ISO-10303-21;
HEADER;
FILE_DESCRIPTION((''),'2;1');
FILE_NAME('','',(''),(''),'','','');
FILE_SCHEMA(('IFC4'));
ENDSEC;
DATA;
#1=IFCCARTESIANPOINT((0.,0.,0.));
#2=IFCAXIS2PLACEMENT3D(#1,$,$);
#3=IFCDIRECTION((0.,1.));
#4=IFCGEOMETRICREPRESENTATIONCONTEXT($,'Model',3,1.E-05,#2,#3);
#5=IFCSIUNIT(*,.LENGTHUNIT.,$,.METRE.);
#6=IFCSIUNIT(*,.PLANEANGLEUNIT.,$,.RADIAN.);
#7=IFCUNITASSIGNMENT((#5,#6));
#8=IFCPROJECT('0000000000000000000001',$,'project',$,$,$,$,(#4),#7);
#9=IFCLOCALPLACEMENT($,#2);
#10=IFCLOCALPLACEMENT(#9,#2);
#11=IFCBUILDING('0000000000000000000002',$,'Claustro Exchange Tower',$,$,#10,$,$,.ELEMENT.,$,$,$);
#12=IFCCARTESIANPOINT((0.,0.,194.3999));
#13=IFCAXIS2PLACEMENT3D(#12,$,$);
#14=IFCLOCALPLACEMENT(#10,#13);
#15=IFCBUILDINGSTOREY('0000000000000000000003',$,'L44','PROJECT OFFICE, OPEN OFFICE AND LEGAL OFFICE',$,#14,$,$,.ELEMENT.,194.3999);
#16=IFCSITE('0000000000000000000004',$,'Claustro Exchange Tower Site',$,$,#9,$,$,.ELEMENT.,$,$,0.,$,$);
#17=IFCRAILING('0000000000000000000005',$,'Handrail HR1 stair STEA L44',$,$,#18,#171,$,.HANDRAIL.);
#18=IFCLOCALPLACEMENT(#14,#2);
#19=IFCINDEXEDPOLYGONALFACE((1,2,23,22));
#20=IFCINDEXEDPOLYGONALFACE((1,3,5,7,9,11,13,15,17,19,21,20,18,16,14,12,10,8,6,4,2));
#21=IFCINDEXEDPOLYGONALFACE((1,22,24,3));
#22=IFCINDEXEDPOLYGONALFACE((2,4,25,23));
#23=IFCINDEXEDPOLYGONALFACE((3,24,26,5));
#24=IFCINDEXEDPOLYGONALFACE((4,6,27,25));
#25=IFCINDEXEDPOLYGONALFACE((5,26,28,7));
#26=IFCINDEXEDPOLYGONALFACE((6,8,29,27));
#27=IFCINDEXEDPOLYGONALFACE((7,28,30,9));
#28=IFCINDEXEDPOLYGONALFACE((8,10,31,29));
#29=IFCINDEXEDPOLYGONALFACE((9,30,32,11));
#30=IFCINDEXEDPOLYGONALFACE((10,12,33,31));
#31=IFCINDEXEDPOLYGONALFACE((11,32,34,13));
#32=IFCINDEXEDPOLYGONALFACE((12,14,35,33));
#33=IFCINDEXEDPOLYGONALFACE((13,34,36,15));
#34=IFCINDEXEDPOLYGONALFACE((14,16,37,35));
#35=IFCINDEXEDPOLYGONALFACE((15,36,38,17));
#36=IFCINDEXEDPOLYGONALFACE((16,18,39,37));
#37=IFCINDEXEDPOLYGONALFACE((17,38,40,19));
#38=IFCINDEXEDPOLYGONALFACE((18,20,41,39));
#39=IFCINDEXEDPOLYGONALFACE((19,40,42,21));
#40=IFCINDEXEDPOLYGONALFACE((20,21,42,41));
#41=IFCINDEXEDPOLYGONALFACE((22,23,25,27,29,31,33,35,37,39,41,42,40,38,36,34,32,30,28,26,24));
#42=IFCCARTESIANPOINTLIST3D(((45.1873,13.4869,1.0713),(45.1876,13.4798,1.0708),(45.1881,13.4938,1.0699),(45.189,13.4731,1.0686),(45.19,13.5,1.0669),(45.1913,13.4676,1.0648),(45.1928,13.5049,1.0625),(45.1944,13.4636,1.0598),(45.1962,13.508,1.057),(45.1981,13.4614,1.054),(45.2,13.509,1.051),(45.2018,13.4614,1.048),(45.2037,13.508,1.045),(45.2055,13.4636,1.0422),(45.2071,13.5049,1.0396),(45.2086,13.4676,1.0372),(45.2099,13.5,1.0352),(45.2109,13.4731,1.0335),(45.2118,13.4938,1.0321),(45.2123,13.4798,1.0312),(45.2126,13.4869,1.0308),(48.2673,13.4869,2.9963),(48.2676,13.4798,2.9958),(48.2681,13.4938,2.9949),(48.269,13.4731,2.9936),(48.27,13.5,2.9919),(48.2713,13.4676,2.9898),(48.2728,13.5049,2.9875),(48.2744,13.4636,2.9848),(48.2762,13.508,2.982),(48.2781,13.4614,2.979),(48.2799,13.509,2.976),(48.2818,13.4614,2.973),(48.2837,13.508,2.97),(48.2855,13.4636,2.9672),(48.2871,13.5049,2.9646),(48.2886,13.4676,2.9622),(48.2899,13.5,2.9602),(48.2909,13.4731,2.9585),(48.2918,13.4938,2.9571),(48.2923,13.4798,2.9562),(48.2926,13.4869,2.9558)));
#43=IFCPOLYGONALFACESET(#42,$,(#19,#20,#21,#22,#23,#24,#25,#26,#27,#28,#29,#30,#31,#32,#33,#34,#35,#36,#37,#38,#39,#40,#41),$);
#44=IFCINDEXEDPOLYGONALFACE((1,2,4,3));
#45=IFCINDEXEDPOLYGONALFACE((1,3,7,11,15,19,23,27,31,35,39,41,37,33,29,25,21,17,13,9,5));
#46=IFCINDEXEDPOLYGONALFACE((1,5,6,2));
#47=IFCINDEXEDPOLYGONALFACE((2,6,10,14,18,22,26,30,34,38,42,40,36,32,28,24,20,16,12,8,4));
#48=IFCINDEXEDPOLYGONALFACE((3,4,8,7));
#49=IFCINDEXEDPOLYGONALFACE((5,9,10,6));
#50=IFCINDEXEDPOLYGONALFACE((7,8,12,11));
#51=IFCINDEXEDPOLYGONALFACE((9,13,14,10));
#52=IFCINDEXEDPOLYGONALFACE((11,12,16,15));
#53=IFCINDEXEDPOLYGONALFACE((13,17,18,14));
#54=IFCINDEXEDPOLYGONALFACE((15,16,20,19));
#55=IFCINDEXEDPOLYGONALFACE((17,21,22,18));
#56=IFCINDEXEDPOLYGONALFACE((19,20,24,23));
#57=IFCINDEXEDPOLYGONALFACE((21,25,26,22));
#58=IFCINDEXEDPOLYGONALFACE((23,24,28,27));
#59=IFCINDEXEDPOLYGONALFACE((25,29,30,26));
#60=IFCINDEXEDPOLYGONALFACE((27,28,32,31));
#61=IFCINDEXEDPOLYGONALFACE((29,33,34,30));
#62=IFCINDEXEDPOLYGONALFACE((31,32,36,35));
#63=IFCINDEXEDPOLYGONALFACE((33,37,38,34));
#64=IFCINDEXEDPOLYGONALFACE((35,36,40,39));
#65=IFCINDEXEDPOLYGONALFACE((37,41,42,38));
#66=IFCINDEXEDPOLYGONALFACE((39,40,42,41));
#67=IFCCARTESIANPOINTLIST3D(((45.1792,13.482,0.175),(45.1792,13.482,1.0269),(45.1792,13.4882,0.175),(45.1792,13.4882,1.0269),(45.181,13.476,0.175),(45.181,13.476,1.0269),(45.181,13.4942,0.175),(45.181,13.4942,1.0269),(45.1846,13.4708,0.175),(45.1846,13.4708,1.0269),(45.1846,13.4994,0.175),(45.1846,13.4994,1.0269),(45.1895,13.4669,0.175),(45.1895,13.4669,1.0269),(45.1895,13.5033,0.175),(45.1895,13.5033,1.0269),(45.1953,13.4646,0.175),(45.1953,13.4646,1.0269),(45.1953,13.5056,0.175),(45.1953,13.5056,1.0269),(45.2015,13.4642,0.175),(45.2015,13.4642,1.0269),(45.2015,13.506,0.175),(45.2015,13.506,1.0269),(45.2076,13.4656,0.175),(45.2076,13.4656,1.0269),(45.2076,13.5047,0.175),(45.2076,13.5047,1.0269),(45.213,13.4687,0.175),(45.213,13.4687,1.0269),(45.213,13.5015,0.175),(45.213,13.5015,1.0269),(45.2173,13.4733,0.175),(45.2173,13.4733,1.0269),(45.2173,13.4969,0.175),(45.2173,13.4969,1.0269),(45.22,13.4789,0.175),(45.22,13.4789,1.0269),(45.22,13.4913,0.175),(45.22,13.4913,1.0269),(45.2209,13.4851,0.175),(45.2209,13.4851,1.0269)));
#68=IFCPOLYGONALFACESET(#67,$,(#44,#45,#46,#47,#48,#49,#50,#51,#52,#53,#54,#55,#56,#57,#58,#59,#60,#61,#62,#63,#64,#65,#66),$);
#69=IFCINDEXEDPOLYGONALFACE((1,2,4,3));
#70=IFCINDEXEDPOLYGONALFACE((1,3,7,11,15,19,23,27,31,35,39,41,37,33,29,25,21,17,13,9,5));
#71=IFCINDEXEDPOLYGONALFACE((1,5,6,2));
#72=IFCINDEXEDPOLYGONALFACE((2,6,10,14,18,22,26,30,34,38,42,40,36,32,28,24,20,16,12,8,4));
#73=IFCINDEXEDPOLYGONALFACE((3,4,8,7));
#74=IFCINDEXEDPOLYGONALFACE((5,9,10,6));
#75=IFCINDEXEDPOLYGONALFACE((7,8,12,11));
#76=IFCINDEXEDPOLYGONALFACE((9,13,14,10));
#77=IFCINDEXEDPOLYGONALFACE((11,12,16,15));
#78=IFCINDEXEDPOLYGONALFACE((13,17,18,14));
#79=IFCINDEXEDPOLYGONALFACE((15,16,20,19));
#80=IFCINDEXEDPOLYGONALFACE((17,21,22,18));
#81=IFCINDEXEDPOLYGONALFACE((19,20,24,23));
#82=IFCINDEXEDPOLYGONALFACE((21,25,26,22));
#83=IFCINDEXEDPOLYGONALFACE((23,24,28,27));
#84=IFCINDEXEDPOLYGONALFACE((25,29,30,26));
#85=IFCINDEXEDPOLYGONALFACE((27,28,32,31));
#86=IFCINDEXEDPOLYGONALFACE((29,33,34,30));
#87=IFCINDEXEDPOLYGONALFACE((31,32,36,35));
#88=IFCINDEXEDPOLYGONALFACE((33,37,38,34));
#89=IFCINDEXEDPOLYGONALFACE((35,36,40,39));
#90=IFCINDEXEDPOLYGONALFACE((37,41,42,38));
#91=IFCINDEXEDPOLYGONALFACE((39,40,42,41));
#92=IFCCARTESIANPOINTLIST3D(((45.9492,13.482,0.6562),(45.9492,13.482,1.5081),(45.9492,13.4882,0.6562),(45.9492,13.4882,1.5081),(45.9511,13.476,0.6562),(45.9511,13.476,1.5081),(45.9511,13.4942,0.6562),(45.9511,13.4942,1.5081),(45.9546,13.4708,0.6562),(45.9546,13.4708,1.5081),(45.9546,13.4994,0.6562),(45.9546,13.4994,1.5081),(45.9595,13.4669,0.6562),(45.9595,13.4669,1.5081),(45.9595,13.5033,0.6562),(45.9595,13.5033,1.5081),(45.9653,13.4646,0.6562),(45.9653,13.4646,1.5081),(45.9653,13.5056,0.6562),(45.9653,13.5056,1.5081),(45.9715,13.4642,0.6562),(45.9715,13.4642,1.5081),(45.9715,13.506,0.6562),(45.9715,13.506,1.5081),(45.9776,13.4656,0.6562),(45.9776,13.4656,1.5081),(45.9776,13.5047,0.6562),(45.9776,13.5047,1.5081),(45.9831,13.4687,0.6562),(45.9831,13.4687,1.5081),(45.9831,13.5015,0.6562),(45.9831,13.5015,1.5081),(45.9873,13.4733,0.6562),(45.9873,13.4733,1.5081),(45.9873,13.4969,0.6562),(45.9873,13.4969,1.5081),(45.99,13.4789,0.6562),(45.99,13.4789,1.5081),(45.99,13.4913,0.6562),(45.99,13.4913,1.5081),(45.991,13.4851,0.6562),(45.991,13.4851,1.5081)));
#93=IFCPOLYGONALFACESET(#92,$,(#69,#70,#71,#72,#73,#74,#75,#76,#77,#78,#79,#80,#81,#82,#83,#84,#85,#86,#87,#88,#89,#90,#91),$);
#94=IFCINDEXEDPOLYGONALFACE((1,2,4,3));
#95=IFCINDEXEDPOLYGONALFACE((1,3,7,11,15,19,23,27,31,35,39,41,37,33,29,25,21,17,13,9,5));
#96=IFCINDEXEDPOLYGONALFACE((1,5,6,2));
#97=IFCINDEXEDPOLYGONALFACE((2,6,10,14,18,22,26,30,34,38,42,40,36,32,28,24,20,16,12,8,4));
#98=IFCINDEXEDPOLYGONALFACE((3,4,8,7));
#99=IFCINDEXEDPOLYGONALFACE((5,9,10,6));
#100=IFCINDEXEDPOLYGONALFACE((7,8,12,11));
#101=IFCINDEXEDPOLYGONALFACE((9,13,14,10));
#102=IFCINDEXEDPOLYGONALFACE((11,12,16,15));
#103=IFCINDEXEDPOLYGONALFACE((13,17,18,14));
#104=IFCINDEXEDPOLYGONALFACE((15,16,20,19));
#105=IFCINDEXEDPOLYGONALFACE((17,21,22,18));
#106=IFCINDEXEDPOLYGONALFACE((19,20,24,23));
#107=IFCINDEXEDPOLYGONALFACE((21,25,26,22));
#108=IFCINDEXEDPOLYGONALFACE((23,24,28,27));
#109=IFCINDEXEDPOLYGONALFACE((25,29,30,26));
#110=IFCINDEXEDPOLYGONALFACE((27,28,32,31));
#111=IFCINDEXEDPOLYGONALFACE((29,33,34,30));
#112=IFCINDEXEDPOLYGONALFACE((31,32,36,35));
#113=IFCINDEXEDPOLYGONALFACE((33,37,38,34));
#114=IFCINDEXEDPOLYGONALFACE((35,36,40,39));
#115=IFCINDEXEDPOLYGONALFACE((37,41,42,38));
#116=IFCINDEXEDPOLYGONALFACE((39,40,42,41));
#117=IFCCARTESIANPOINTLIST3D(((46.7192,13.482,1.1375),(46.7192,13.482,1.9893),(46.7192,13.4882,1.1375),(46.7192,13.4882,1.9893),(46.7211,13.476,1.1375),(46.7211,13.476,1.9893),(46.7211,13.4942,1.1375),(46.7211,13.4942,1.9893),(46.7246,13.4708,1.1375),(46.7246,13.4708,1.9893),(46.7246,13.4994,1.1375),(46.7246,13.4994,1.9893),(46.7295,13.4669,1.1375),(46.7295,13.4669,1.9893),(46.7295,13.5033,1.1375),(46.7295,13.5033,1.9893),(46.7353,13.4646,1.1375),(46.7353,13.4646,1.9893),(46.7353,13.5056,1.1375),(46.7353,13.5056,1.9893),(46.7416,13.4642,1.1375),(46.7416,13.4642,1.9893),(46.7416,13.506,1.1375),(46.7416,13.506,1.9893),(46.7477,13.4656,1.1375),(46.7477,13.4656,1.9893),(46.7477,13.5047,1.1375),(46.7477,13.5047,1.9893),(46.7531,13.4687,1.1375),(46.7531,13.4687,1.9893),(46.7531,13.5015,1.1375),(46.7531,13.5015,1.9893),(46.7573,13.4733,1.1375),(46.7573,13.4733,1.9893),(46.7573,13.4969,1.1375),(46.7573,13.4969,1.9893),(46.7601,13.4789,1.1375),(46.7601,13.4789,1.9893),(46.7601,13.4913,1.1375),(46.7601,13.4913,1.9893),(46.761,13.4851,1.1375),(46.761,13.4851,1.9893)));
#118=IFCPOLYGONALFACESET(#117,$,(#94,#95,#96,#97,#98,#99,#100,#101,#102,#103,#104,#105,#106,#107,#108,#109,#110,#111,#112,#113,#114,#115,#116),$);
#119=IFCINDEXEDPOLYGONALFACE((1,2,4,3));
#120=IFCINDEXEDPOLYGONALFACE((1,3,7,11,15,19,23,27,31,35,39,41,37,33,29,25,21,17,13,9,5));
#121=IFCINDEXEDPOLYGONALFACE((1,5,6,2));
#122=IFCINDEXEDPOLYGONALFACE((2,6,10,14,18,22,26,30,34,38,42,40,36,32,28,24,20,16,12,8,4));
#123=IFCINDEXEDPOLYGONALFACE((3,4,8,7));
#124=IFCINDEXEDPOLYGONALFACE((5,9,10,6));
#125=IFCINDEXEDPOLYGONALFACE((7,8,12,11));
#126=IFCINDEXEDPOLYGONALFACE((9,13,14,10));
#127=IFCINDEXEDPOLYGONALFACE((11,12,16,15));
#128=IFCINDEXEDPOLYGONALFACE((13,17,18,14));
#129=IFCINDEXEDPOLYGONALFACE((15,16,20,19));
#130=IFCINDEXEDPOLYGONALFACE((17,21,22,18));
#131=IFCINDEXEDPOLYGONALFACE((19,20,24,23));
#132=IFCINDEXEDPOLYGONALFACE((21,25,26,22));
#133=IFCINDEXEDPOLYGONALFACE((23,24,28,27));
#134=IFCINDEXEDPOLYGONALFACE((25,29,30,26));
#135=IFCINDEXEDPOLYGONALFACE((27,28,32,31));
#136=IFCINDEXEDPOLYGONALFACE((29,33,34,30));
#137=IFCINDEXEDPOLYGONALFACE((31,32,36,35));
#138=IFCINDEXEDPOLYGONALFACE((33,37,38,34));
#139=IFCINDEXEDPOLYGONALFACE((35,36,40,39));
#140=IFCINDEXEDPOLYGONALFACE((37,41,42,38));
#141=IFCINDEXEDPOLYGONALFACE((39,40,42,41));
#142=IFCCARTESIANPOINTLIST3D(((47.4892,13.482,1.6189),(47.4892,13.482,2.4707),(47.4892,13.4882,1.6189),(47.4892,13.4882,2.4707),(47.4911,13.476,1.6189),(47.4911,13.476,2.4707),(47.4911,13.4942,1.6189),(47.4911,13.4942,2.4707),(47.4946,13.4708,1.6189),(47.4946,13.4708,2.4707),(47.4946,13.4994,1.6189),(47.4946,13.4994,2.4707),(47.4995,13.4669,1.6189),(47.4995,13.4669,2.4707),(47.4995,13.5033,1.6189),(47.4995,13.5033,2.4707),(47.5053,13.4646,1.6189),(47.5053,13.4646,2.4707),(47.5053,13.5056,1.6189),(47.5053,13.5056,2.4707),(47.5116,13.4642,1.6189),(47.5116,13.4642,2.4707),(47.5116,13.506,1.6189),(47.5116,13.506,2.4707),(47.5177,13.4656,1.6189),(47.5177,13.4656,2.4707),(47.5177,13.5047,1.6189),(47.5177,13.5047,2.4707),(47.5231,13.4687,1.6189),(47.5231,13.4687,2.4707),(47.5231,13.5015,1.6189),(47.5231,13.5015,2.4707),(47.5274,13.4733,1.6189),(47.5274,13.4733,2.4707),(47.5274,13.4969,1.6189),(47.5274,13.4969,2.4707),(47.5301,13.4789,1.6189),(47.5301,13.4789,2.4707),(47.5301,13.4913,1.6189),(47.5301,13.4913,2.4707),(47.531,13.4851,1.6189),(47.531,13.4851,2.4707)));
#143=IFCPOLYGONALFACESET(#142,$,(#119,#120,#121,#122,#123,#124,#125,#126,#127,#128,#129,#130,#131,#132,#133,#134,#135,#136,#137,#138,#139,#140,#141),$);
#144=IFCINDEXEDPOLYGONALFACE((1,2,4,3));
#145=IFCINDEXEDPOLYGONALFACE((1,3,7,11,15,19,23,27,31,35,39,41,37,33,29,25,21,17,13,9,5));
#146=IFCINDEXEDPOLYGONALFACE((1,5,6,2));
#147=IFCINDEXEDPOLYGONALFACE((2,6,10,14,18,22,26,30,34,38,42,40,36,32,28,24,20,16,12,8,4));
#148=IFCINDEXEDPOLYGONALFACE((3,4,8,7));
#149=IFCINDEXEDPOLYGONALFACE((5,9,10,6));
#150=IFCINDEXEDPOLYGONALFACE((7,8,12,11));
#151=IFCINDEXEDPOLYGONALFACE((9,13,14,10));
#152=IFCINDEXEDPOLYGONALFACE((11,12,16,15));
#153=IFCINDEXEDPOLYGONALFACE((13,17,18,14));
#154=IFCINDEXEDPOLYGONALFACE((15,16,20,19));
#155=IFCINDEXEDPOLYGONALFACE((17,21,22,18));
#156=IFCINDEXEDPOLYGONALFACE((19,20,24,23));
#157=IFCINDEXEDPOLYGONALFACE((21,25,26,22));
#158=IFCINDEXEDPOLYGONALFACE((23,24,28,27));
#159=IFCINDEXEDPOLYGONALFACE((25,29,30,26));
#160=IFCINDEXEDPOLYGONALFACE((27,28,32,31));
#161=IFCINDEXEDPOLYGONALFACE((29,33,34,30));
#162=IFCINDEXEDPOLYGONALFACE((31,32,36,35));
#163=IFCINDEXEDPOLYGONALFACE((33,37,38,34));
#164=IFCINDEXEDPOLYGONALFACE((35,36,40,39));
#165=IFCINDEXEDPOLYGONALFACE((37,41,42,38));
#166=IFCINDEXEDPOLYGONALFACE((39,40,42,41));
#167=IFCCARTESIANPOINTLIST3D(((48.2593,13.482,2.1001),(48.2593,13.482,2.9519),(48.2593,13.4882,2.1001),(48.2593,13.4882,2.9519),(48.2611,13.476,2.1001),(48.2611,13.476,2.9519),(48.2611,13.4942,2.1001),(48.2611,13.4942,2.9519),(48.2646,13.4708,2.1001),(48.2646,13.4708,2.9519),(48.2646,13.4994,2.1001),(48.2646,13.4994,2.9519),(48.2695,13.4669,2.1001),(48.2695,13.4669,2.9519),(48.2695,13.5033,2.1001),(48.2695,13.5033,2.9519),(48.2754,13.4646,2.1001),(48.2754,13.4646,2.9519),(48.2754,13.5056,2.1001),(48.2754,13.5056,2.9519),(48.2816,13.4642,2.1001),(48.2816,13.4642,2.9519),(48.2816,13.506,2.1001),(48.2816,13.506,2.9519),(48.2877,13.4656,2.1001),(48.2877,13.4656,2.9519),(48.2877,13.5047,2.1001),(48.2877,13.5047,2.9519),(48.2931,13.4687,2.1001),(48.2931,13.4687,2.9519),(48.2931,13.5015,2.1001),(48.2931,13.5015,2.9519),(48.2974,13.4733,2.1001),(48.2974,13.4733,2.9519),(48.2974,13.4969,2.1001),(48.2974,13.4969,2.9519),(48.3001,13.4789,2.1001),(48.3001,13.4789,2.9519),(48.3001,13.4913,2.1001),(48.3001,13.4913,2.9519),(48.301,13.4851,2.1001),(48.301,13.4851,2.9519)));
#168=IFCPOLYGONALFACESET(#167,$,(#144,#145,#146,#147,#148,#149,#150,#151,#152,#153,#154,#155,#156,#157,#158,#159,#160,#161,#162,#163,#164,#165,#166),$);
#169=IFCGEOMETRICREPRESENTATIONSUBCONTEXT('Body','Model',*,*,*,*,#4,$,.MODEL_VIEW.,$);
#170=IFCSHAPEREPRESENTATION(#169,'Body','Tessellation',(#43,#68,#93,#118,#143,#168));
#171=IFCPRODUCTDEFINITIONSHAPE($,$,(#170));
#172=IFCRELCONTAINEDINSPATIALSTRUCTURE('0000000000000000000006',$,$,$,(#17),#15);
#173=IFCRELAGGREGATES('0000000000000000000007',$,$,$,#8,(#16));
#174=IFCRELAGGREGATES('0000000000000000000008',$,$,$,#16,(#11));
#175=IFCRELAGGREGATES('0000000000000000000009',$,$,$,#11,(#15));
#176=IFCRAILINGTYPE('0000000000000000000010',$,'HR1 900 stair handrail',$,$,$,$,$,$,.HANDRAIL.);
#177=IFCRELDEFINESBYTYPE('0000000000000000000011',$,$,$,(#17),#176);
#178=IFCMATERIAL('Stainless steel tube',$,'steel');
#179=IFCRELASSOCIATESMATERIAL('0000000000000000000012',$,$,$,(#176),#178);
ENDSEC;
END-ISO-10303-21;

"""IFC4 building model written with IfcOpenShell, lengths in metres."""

from ifc_helpers import new_model, si_unit, direction, frame, origin, origin_2d, place, context, subcontext, project, spatial, circle, extrude, material, type_object, element, save


model = new_model("IFC4")

# Units and contexts
model_context = context("Model", 3, precision=1e-05, world=origin(), true_north=direction((0.0, 1.0)))
body_context = subcontext(model_context, "Body", "Model", "MODEL_VIEW")
ifc_project = project(units=[si_unit("LENGTHUNIT", "METRE"), si_unit("PLANEANGLEUNIT", "RADIAN")], contexts=[model_context])

# Site, building, storey
site_placement = place(None, origin())
site = spatial("IfcSite", under=ifc_project, at=site_placement, Name="Claustro Exchange Tower Site", CompositionType="ELEMENT", RefElevation=0.0)
building_placement = place(site_placement, origin())
building = spatial("IfcBuilding", under=site, at=building_placement, Name="Claustro Exchange Tower", CompositionType="ELEMENT")
storey_placement = place(building_placement, frame((0.0, 0.0, 194.3999)))
storey = spatial("IfcBuildingStorey", under=building, at=storey_placement, Name="L44", Description="PROJECT OFFICE, OPEN OFFICE AND LEGAL OFFICE", CompositionType="ELEMENT", Elevation=194.3999)

# Railing
ifc_material_1 = material(Name="Stainless steel tube", Category="steel")
railing_type = type_object("IfcRailingType", Name="HR1 900 stair handrail", PredefinedType="HANDRAIL", material=ifc_material_1)
railing_placement = place(storey_placement, frame((45.2, 13.4851, 0.175)))
element("IfcRailing", 1, at=railing_placement, inside=storey, type_object=railing_type, Name="Handrail HR1 stair STEA L44", PredefinedType="HANDRAIL", context=body_context, shape_type="SweptSolid", body=[
    extrude(circle(Radius=0.0239, at=origin_2d()), frame((0.0, 0.0, 0.876), z_axis=(0.847998, 0.0, 0.529999), x_axis=(0.0, 1.0, 0.0)), (0.0, 0.0, 1.0), 3.6321),
    extrude(circle(Radius=0.021, at=origin_2d()), origin(), (0.0, 0.0, 1.0), 0.8518),
    extrude(circle(Radius=0.021, at=origin_2d()), frame((0.77, 0.0, 0.4812)), (0.0, 0.0, 1.0), 0.8518),
    extrude(circle(Radius=0.021, at=origin_2d()), frame((1.54, 0.0, 0.9624)), (0.0, 0.0, 1.0), 0.8518),
    extrude(circle(Radius=0.021, at=origin_2d()), frame((2.3101, 0.0, 1.4438)), (0.0, 0.0, 1.0), 0.8518),
    extrude(circle(Radius=0.021, at=origin_2d()), frame((3.0801, 0.0, 1.925)), (0.0, 0.0, 1.0), 0.8518),
])

save(model, "model.ifc")
